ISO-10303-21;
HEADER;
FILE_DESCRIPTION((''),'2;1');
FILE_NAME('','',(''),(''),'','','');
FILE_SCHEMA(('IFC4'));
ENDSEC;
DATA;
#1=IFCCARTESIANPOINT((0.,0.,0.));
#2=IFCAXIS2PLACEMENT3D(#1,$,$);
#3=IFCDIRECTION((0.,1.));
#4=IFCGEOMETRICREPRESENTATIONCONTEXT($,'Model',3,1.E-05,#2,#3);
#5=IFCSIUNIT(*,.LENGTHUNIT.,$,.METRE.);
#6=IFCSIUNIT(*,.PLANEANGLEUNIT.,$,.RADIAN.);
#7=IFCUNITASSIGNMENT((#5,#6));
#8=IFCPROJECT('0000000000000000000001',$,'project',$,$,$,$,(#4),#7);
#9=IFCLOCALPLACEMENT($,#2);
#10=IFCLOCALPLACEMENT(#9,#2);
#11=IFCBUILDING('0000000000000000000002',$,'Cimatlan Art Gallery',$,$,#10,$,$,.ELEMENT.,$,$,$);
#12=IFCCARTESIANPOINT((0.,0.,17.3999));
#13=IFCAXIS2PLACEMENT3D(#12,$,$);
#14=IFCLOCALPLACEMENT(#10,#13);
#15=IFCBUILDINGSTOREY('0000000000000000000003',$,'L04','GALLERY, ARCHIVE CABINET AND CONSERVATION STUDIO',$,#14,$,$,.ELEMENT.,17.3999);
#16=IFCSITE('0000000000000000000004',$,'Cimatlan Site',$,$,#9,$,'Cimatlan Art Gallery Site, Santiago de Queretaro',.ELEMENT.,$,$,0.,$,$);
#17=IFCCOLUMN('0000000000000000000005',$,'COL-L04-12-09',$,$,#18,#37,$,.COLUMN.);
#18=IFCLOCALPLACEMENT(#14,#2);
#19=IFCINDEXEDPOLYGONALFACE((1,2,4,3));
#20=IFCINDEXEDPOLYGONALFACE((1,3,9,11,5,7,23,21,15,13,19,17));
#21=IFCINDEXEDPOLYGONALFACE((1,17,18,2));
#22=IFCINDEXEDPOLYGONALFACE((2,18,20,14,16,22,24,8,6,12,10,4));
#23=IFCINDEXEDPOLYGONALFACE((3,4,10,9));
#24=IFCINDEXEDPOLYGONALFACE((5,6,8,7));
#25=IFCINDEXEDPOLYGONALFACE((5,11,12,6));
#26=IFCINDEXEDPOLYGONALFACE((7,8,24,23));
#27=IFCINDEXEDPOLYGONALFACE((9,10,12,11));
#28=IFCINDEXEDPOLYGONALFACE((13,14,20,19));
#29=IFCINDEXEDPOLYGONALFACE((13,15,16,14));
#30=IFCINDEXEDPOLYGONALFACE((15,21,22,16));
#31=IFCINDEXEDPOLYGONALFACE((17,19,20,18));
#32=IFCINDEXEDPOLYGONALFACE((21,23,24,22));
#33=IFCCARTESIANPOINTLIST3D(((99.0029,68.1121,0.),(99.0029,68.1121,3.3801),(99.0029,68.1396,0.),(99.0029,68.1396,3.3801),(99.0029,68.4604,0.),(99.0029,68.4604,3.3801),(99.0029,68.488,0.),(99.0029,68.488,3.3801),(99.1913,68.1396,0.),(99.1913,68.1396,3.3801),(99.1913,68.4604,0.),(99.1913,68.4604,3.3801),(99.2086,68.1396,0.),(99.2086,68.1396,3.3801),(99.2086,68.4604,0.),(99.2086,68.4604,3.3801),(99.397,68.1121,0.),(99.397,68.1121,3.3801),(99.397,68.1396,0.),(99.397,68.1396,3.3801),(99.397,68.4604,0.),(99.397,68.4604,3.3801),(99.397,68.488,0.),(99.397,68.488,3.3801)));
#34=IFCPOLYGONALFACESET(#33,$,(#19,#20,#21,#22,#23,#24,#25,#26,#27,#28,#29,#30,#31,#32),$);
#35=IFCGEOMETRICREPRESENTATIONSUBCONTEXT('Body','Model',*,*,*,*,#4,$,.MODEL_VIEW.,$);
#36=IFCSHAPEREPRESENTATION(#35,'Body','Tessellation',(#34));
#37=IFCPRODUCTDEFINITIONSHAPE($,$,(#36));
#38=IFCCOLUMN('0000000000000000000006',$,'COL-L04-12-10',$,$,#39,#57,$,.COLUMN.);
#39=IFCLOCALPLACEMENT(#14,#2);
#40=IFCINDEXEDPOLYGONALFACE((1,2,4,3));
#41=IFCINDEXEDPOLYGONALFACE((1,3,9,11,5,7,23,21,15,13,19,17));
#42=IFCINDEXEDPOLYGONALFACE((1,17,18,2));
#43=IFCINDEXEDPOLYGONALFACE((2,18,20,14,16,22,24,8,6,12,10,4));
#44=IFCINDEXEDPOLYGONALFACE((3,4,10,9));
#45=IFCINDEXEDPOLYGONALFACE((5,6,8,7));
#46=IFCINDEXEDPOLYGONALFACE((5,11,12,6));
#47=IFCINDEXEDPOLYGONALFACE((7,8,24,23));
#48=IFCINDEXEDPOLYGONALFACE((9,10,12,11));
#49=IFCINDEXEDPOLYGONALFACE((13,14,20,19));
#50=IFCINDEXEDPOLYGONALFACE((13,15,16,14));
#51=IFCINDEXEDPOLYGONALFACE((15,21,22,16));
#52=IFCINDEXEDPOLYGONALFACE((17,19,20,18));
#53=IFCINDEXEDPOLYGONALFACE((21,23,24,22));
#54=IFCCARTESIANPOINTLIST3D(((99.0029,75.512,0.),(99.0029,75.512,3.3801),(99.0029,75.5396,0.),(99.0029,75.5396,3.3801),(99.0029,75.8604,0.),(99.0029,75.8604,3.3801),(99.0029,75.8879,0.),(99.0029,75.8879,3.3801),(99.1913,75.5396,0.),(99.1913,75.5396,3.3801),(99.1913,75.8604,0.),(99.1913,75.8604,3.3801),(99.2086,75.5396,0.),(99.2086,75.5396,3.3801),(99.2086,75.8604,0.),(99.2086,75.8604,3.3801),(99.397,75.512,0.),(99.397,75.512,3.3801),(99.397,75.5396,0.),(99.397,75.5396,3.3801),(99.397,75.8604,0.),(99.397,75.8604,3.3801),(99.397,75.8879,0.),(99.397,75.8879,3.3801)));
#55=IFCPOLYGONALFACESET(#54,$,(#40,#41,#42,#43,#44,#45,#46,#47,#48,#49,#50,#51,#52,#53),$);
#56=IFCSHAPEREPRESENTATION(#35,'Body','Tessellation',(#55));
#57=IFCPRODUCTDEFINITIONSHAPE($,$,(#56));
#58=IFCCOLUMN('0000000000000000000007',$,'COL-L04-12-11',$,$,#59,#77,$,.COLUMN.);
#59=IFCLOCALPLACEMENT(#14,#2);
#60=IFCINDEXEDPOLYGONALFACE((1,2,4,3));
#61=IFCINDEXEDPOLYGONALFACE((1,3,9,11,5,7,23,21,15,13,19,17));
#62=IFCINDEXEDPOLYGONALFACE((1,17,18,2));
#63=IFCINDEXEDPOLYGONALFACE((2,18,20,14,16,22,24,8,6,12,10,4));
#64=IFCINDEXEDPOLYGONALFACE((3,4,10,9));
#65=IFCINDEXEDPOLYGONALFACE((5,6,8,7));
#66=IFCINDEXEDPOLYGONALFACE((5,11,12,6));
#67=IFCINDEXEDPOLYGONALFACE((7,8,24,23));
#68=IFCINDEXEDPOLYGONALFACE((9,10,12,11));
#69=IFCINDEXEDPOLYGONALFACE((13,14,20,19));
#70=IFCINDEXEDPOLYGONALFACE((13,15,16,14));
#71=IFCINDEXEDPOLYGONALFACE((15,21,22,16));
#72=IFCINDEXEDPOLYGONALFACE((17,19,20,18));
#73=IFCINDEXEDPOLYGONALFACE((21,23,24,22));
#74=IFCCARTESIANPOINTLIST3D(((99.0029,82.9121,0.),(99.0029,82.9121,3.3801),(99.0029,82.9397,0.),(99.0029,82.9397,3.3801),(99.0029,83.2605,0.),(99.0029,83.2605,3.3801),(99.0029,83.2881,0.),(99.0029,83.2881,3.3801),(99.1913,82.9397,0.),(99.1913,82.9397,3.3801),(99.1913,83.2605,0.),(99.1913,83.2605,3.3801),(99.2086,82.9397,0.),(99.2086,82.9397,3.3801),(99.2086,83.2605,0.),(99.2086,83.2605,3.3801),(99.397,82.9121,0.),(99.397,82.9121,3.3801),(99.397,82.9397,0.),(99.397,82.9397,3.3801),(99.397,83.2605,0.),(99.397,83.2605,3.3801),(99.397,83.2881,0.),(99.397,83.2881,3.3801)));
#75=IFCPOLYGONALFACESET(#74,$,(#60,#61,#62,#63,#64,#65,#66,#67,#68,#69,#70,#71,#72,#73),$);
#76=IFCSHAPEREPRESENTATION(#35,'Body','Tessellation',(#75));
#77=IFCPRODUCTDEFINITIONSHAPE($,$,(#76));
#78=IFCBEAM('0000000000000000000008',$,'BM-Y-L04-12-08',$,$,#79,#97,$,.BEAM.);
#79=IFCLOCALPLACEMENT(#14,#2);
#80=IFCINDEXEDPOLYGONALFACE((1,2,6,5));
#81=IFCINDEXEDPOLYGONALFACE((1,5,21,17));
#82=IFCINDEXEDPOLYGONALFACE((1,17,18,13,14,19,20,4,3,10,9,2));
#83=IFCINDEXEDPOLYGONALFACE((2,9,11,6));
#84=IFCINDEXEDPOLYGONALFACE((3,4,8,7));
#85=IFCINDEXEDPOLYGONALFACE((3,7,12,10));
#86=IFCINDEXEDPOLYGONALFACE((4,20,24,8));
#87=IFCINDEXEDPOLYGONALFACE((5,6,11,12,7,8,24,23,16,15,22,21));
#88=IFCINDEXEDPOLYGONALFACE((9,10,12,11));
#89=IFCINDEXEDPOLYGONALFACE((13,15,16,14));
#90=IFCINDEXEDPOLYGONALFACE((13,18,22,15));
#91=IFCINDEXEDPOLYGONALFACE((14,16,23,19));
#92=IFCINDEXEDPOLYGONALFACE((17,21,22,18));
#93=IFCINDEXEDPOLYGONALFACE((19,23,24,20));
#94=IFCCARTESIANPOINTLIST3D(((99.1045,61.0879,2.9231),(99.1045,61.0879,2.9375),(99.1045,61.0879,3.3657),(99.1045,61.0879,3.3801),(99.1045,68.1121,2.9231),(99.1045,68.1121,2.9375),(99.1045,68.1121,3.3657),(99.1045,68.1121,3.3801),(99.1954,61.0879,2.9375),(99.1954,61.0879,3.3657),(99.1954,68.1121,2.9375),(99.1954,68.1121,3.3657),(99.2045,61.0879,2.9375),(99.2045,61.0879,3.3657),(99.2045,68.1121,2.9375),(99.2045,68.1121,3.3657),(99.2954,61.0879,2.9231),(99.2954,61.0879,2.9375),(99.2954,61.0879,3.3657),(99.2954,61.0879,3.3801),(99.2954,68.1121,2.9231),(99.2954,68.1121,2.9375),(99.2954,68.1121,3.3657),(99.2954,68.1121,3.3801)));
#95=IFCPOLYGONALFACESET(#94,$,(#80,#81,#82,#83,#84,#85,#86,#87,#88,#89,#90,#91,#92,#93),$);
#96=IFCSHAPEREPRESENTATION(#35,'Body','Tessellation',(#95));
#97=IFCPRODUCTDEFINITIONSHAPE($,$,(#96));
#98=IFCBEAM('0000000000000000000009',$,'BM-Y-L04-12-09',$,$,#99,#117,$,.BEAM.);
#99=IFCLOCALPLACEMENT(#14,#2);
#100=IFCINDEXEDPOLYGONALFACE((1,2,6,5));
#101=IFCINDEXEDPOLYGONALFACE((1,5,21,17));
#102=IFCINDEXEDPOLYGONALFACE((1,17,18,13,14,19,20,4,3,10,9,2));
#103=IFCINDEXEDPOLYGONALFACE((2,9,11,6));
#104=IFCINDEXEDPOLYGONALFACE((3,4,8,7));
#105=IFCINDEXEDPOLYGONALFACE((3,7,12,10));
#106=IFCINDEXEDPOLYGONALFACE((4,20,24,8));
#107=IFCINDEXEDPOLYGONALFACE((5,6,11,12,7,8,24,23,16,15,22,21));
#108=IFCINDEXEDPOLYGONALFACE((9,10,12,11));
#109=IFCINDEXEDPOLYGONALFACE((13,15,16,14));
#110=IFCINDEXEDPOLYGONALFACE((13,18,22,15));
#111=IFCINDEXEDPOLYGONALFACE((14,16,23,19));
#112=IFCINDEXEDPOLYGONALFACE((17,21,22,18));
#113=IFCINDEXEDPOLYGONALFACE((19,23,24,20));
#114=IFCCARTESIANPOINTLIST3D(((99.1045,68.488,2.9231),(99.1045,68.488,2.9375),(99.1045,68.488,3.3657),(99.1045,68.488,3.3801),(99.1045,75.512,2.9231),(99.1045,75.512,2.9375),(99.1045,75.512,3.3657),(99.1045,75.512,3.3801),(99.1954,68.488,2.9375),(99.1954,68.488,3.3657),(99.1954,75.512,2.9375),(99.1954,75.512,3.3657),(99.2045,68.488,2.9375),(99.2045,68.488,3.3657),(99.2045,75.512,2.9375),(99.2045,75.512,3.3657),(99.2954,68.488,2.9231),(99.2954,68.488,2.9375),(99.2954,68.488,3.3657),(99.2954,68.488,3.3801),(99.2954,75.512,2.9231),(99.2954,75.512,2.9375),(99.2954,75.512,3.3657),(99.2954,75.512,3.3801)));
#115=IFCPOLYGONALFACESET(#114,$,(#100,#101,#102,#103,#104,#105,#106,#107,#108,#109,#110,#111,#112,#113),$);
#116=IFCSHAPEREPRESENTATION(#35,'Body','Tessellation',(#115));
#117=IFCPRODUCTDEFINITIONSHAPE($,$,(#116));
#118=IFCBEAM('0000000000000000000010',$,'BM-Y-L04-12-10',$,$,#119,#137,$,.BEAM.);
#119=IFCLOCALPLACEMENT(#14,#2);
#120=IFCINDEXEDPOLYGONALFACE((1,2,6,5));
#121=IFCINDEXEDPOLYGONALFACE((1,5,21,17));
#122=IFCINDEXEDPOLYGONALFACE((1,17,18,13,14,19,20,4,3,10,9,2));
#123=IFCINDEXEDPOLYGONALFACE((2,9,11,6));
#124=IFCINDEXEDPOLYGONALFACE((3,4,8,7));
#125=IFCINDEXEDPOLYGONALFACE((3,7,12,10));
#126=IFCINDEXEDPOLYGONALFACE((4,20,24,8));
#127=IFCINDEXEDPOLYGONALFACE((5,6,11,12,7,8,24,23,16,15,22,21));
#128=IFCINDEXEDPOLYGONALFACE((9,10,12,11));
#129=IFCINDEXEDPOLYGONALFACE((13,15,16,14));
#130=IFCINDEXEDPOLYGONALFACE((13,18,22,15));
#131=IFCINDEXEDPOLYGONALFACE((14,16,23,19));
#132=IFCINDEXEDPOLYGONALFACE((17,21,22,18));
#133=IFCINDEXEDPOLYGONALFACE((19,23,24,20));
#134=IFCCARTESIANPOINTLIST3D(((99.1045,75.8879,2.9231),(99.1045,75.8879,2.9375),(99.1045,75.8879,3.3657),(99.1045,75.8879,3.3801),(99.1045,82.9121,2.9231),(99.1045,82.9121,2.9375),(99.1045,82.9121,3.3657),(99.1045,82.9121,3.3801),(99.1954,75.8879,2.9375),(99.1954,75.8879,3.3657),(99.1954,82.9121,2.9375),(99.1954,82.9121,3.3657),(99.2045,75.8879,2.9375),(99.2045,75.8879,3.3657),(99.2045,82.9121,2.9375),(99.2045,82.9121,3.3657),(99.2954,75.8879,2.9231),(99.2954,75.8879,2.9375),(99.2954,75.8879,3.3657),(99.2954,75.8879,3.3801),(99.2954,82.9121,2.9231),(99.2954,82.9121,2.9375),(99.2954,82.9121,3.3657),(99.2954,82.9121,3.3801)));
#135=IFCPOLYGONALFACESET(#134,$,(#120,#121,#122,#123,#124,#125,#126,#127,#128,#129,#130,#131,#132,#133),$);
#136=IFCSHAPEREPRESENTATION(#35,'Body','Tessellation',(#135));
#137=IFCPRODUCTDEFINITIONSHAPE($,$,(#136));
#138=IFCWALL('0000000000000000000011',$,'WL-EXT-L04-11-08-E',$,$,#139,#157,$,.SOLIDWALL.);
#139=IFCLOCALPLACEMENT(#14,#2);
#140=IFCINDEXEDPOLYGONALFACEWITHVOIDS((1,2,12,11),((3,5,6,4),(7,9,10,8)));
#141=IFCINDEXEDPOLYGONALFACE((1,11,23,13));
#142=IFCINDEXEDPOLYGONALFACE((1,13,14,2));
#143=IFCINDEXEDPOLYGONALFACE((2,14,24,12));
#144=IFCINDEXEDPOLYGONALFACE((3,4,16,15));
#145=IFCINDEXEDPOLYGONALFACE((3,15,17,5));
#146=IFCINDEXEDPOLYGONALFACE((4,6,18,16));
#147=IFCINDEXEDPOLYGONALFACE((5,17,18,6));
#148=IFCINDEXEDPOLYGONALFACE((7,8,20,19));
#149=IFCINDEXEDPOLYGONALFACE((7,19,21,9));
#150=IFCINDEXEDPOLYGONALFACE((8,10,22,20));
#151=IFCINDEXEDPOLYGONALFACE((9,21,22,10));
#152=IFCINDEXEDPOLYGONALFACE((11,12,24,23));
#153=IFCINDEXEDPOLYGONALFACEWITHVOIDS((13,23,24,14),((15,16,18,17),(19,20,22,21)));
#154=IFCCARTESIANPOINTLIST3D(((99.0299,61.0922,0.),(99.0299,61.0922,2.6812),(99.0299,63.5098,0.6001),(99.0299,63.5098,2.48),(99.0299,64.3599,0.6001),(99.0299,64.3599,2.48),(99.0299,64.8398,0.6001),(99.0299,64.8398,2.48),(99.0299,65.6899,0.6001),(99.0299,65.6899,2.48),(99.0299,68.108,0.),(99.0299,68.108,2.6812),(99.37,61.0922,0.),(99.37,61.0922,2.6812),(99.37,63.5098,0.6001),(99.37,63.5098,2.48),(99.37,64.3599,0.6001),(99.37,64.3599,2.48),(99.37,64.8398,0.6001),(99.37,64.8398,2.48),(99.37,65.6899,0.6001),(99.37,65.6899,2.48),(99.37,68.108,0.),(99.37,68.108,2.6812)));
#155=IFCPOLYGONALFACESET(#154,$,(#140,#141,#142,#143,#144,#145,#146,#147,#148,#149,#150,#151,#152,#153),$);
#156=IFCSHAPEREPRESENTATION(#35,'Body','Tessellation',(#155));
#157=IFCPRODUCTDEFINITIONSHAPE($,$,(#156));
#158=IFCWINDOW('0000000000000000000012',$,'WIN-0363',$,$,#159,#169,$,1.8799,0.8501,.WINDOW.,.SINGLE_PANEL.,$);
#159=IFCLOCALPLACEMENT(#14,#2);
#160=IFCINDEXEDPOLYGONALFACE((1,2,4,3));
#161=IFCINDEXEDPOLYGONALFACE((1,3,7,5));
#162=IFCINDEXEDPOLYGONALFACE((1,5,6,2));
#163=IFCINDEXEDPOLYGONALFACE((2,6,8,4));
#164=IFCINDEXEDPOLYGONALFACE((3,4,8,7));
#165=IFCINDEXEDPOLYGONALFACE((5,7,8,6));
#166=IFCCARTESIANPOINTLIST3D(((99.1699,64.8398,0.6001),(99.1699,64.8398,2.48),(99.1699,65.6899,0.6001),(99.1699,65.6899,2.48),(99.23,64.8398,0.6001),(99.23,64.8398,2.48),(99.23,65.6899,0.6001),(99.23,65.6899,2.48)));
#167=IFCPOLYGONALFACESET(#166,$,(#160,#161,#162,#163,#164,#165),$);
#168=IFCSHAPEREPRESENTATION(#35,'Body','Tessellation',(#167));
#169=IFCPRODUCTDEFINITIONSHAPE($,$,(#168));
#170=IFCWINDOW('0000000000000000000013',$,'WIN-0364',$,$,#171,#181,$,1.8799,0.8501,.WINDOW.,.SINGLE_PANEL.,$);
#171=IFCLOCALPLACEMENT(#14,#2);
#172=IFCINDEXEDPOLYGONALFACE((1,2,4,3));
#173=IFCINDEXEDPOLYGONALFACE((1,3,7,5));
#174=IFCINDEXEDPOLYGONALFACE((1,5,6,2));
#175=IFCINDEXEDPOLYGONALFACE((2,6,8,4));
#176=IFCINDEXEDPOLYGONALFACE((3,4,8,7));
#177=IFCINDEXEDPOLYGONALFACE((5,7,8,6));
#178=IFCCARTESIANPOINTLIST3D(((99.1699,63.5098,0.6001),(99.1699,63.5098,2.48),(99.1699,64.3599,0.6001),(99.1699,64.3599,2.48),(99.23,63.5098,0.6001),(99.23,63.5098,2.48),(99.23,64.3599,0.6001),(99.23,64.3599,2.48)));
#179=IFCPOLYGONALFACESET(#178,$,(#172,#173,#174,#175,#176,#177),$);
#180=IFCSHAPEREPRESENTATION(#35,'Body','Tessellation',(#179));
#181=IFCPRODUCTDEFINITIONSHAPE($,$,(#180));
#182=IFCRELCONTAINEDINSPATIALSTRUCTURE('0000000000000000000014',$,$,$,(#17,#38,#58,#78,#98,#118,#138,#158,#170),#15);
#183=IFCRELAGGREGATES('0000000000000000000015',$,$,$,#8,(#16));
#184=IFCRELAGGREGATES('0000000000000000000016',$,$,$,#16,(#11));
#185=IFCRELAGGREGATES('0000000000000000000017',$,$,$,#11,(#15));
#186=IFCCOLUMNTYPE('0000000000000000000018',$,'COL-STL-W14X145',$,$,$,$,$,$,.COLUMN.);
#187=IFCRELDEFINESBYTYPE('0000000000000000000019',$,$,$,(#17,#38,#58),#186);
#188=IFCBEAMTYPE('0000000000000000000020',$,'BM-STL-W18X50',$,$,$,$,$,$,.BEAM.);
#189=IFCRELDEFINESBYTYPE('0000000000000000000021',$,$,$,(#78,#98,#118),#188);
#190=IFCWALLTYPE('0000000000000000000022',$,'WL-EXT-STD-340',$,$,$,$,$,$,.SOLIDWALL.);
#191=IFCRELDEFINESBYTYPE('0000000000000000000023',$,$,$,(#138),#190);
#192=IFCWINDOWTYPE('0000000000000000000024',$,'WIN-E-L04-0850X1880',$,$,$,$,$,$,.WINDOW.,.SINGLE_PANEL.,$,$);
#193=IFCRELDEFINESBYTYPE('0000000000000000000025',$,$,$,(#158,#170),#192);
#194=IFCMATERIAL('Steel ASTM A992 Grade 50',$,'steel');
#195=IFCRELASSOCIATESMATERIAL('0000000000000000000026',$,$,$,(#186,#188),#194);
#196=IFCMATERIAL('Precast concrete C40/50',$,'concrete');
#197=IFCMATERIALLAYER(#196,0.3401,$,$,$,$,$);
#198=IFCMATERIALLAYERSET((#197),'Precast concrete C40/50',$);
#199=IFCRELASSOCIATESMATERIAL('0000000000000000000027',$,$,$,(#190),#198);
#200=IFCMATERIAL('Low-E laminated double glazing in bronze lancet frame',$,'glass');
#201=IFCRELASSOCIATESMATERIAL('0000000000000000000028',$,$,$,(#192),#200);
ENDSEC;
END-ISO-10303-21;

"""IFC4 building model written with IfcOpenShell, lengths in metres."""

from ifc_helpers import new_model, si_unit, direction, frame, frame_2d, origin, origin_2d, place, context, subcontext, project, spatial, rectangle, i_section, extrude, material, layer, layer_set, material_profile, profile_set, type_object, element, fill, save


model = new_model("IFC4")

# Units and contexts
model_context = context("Model", 3, precision=1e-05, world=origin(), true_north=direction((0.0, 1.0)))
body_context = subcontext(model_context, "Body", "Model", "MODEL_VIEW")
ifc_project = project(units=[si_unit("LENGTHUNIT", "METRE"), si_unit("PLANEANGLEUNIT", "RADIAN")], contexts=[model_context])

# Site, building, storey
site_placement = place(None, origin())
site = spatial("IfcSite", under=ifc_project, at=site_placement, Name="Cimatlan Site", LongName="Cimatlan Art Gallery Site, Santiago de Queretaro", CompositionType="ELEMENT", RefElevation=0.0)
building_placement = place(site_placement, origin())
building = spatial("IfcBuilding", under=site, at=building_placement, Name="Cimatlan Art Gallery", CompositionType="ELEMENT")
storey_placement = place(building_placement, frame((0.0, 0.0, 17.3999)))
storey = spatial("IfcBuildingStorey", under=building, at=storey_placement, Name="L04", Description="GALLERY, ARCHIVE CABINET AND CONSERVATION STUDIO", CompositionType="ELEMENT", Elevation=17.3999)

# Columns
ifc_material_1 = material(Name="Steel ASTM A992 Grade 50", Category="steel")
ifc_material_profile_1 = material_profile(ifc_material_1, i_section(OverallWidth=0.394, OverallDepth=0.376, WebThickness=0.0173, FlangeThickness=0.0276, at=origin_2d()), Name="W14X145")
ifc_profile_set_1 = profile_set([ifc_material_profile_1], Name="Steel ASTM A992 Grade 50")
column_type = type_object("IfcColumnType", Name="COL-STL-W14X145", PredefinedType="COLUMN", material=ifc_profile_set_1)
for number, where, z_axis, x_axis, name in (
    (1, (99.2, 68.3, 0.0), (0.0, 0.0, 1.0), (1.0, 0.0, 0.0), "COL-L04-12-09"),
    (2, (99.2, 75.7, 0.0), (0.0, 0.0, 1.0), (1.0, 0.0, 0.0), "COL-L04-12-10"),
    (3, (99.2, 83.1001, 0.0), (0.0, 0.0, 1.0), (1.0, 0.0, 0.0), "COL-L04-12-11"),
):
    element("IfcColumn", number, at=place(storey_placement, frame(where, z_axis=z_axis, x_axis=x_axis)), inside=storey, type_object=column_type, Name=name, PredefinedType="COLUMN", context=body_context, shape_type="SweptSolid", body=[
        extrude(i_section(OverallWidth=0.394, OverallDepth=0.376, WebThickness=0.0173, FlangeThickness=0.0276, at=origin_2d()), origin(), (0.0, 0.0, 1.0), 3.3801),
    ])

# Beams
ifc_material_profile_2 = material_profile(ifc_material_1, i_section(OverallWidth=0.1909, OverallDepth=0.457, WebThickness=0.009, FlangeThickness=0.0144, at=origin_2d()), Name="W18X50")
ifc_profile_set_2 = profile_set([ifc_material_profile_2], Name="Steel ASTM A992 Grade 50")
beam_type = type_object("IfcBeamType", Name="BM-STL-W18X50", PredefinedType="BEAM", material=ifc_profile_set_2)
beam_1_placement = place(storey_placement, frame((99.2, 61.0879, 3.1516), z_axis=(0.0, 1.0, 0.0), x_axis=(-1.0, 0.0, 0.0)))
element("IfcBeam", 4, at=beam_1_placement, inside=storey, type_object=beam_type, Name="BM-Y-L04-12-08", PredefinedType="BEAM", context=body_context, shape_type="SweptSolid", body=[
    extrude(i_section(OverallWidth=0.1909, OverallDepth=0.457, WebThickness=0.009, FlangeThickness=0.0144, at=origin_2d()), origin(), (0.0, 0.0, 1.0), 7.0242),
])
beam_2_placement = place(storey_placement, frame((99.2, 68.488, 3.1516), z_axis=(0.0, 1.0, 0.0), x_axis=(-1.0, 0.0, 0.0)))
element("IfcBeam", 5, at=beam_2_placement, inside=storey, type_object=beam_type, Name="BM-Y-L04-12-09", PredefinedType="BEAM", context=body_context, shape_type="SweptSolid", body=[
    extrude(i_section(OverallWidth=0.1909, OverallDepth=0.457, WebThickness=0.009, FlangeThickness=0.0144, at=origin_2d()), origin(), (0.0, 0.0, 1.0), 7.0239),
])
beam_3_placement = place(storey_placement, frame((99.2, 75.8879, 3.1516), z_axis=(0.0, 1.0, 0.0), x_axis=(-1.0, 0.0, 0.0)))
element("IfcBeam", 6, at=beam_3_placement, inside=storey, type_object=beam_type, Name="BM-Y-L04-12-10", PredefinedType="BEAM", context=body_context, shape_type="SweptSolid", body=[
    extrude(i_section(OverallWidth=0.1909, OverallDepth=0.457, WebThickness=0.009, FlangeThickness=0.0144, at=origin_2d()), origin(), (0.0, 0.0, 1.0), 7.0242),
])

# Wall, openings, windows
ifc_material_2 = material(Name="Precast concrete C40/50", Category="concrete")
ifc_layer = layer(ifc_material_2, 0.3401)
ifc_layer_set = layer_set([ifc_layer], Name="Precast concrete C40/50")
wall_type = type_object("IfcWallType", Name="WL-EXT-STD-340", PredefinedType="SOLIDWALL", material=ifc_layer_set)
wall_1_placement = place(storey_placement, frame((99.2, 68.1079, 0.0), z_axis=(0.0, 0.0, 1.0), x_axis=(0.0, -1.0, 0.0)))
wall_1 = element("IfcWall", 7, at=wall_1_placement, inside=storey, type_object=wall_type, Name="WL-EXT-L04-11-08-E", PredefinedType="SOLIDWALL", context=body_context, shape_type="SweptSolid", body=[
    extrude(rectangle(XDim=7.0159, YDim=0.3401, at=frame_2d((3.5078, 0.0))), origin(), (0.0, 0.0, 1.0), 2.6812),
])
opening_1_placement = place(wall_1_placement, frame((2.418, 0.0, 0.6001)))
opening_1 = element("IfcOpeningElement", 8, at=opening_1_placement, cuts=wall_1, PredefinedType="OPENING", context=body_context, shape_type="SweptSolid", body=[
    extrude(rectangle(XDim=0.8501, YDim=1.8799, at=frame_2d((0.425, 0.9399))), frame((0.0, 0.1802, 0.0), z_axis=(0.0, -1.0, 0.0), x_axis=(1.0, 0.0, 0.0)), (0.0, 0.0, 1.0), 0.3601),
])
opening_2_placement = place(wall_1_placement, frame((3.748, 0.0, 0.6001)))
opening_2 = element("IfcOpeningElement", 9, at=opening_2_placement, cuts=wall_1, PredefinedType="OPENING", context=body_context, shape_type="SweptSolid", body=[
    extrude(rectangle(XDim=0.8501, YDim=1.8799, at=frame_2d((0.425, 0.9399))), frame((0.0, 0.1802, 0.0), z_axis=(0.0, -1.0, 0.0), x_axis=(1.0, 0.0, 0.0)), (0.0, 0.0, 1.0), 0.3601),
])
ifc_material_3 = material(Name="Low-E laminated double glazing in bronze lancet frame", Category="glass")
window_type = type_object("IfcWindowType", Name="WIN-E-L04-0850X1880", PartitioningType="SINGLE_PANEL", PredefinedType="WINDOW", material=ifc_material_3)
window_1_placement = place(opening_1_placement, origin())
window_1 = element("IfcWindow", 10, at=window_1_placement, inside=storey, type_object=window_type, Name="WIN-0363", OverallHeight=1.8799, OverallWidth=0.8501, PartitioningType="SINGLE_PANEL", PredefinedType="WINDOW", context=body_context, shape_type="SweptSolid", body=[
    extrude(rectangle(XDim=0.8501, YDim=1.8799, at=frame_2d((0.425, 0.9399))), frame((0.0, 0.03, 0.0), z_axis=(0.0, -1.0, 0.0), x_axis=(1.0, 0.0, 0.0)), (0.0, 0.0, 1.0), 0.0601),
])
fill(opening_1, window_1)
window_2_placement = place(opening_2_placement, origin())
window_2 = element("IfcWindow", 11, at=window_2_placement, inside=storey, type_object=window_type, Name="WIN-0364", OverallHeight=1.8799, OverallWidth=0.8501, PartitioningType="SINGLE_PANEL", PredefinedType="WINDOW", context=body_context, shape_type="SweptSolid", body=[
    extrude(rectangle(XDim=0.8501, YDim=1.8799, at=frame_2d((0.425, 0.9399))), frame((0.0, 0.03, 0.0), z_axis=(0.0, -1.0, 0.0), x_axis=(1.0, 0.0, 0.0)), (0.0, 0.0, 1.0), 0.0601),
])
fill(opening_2, window_2)

save(model, "model.ifc")
